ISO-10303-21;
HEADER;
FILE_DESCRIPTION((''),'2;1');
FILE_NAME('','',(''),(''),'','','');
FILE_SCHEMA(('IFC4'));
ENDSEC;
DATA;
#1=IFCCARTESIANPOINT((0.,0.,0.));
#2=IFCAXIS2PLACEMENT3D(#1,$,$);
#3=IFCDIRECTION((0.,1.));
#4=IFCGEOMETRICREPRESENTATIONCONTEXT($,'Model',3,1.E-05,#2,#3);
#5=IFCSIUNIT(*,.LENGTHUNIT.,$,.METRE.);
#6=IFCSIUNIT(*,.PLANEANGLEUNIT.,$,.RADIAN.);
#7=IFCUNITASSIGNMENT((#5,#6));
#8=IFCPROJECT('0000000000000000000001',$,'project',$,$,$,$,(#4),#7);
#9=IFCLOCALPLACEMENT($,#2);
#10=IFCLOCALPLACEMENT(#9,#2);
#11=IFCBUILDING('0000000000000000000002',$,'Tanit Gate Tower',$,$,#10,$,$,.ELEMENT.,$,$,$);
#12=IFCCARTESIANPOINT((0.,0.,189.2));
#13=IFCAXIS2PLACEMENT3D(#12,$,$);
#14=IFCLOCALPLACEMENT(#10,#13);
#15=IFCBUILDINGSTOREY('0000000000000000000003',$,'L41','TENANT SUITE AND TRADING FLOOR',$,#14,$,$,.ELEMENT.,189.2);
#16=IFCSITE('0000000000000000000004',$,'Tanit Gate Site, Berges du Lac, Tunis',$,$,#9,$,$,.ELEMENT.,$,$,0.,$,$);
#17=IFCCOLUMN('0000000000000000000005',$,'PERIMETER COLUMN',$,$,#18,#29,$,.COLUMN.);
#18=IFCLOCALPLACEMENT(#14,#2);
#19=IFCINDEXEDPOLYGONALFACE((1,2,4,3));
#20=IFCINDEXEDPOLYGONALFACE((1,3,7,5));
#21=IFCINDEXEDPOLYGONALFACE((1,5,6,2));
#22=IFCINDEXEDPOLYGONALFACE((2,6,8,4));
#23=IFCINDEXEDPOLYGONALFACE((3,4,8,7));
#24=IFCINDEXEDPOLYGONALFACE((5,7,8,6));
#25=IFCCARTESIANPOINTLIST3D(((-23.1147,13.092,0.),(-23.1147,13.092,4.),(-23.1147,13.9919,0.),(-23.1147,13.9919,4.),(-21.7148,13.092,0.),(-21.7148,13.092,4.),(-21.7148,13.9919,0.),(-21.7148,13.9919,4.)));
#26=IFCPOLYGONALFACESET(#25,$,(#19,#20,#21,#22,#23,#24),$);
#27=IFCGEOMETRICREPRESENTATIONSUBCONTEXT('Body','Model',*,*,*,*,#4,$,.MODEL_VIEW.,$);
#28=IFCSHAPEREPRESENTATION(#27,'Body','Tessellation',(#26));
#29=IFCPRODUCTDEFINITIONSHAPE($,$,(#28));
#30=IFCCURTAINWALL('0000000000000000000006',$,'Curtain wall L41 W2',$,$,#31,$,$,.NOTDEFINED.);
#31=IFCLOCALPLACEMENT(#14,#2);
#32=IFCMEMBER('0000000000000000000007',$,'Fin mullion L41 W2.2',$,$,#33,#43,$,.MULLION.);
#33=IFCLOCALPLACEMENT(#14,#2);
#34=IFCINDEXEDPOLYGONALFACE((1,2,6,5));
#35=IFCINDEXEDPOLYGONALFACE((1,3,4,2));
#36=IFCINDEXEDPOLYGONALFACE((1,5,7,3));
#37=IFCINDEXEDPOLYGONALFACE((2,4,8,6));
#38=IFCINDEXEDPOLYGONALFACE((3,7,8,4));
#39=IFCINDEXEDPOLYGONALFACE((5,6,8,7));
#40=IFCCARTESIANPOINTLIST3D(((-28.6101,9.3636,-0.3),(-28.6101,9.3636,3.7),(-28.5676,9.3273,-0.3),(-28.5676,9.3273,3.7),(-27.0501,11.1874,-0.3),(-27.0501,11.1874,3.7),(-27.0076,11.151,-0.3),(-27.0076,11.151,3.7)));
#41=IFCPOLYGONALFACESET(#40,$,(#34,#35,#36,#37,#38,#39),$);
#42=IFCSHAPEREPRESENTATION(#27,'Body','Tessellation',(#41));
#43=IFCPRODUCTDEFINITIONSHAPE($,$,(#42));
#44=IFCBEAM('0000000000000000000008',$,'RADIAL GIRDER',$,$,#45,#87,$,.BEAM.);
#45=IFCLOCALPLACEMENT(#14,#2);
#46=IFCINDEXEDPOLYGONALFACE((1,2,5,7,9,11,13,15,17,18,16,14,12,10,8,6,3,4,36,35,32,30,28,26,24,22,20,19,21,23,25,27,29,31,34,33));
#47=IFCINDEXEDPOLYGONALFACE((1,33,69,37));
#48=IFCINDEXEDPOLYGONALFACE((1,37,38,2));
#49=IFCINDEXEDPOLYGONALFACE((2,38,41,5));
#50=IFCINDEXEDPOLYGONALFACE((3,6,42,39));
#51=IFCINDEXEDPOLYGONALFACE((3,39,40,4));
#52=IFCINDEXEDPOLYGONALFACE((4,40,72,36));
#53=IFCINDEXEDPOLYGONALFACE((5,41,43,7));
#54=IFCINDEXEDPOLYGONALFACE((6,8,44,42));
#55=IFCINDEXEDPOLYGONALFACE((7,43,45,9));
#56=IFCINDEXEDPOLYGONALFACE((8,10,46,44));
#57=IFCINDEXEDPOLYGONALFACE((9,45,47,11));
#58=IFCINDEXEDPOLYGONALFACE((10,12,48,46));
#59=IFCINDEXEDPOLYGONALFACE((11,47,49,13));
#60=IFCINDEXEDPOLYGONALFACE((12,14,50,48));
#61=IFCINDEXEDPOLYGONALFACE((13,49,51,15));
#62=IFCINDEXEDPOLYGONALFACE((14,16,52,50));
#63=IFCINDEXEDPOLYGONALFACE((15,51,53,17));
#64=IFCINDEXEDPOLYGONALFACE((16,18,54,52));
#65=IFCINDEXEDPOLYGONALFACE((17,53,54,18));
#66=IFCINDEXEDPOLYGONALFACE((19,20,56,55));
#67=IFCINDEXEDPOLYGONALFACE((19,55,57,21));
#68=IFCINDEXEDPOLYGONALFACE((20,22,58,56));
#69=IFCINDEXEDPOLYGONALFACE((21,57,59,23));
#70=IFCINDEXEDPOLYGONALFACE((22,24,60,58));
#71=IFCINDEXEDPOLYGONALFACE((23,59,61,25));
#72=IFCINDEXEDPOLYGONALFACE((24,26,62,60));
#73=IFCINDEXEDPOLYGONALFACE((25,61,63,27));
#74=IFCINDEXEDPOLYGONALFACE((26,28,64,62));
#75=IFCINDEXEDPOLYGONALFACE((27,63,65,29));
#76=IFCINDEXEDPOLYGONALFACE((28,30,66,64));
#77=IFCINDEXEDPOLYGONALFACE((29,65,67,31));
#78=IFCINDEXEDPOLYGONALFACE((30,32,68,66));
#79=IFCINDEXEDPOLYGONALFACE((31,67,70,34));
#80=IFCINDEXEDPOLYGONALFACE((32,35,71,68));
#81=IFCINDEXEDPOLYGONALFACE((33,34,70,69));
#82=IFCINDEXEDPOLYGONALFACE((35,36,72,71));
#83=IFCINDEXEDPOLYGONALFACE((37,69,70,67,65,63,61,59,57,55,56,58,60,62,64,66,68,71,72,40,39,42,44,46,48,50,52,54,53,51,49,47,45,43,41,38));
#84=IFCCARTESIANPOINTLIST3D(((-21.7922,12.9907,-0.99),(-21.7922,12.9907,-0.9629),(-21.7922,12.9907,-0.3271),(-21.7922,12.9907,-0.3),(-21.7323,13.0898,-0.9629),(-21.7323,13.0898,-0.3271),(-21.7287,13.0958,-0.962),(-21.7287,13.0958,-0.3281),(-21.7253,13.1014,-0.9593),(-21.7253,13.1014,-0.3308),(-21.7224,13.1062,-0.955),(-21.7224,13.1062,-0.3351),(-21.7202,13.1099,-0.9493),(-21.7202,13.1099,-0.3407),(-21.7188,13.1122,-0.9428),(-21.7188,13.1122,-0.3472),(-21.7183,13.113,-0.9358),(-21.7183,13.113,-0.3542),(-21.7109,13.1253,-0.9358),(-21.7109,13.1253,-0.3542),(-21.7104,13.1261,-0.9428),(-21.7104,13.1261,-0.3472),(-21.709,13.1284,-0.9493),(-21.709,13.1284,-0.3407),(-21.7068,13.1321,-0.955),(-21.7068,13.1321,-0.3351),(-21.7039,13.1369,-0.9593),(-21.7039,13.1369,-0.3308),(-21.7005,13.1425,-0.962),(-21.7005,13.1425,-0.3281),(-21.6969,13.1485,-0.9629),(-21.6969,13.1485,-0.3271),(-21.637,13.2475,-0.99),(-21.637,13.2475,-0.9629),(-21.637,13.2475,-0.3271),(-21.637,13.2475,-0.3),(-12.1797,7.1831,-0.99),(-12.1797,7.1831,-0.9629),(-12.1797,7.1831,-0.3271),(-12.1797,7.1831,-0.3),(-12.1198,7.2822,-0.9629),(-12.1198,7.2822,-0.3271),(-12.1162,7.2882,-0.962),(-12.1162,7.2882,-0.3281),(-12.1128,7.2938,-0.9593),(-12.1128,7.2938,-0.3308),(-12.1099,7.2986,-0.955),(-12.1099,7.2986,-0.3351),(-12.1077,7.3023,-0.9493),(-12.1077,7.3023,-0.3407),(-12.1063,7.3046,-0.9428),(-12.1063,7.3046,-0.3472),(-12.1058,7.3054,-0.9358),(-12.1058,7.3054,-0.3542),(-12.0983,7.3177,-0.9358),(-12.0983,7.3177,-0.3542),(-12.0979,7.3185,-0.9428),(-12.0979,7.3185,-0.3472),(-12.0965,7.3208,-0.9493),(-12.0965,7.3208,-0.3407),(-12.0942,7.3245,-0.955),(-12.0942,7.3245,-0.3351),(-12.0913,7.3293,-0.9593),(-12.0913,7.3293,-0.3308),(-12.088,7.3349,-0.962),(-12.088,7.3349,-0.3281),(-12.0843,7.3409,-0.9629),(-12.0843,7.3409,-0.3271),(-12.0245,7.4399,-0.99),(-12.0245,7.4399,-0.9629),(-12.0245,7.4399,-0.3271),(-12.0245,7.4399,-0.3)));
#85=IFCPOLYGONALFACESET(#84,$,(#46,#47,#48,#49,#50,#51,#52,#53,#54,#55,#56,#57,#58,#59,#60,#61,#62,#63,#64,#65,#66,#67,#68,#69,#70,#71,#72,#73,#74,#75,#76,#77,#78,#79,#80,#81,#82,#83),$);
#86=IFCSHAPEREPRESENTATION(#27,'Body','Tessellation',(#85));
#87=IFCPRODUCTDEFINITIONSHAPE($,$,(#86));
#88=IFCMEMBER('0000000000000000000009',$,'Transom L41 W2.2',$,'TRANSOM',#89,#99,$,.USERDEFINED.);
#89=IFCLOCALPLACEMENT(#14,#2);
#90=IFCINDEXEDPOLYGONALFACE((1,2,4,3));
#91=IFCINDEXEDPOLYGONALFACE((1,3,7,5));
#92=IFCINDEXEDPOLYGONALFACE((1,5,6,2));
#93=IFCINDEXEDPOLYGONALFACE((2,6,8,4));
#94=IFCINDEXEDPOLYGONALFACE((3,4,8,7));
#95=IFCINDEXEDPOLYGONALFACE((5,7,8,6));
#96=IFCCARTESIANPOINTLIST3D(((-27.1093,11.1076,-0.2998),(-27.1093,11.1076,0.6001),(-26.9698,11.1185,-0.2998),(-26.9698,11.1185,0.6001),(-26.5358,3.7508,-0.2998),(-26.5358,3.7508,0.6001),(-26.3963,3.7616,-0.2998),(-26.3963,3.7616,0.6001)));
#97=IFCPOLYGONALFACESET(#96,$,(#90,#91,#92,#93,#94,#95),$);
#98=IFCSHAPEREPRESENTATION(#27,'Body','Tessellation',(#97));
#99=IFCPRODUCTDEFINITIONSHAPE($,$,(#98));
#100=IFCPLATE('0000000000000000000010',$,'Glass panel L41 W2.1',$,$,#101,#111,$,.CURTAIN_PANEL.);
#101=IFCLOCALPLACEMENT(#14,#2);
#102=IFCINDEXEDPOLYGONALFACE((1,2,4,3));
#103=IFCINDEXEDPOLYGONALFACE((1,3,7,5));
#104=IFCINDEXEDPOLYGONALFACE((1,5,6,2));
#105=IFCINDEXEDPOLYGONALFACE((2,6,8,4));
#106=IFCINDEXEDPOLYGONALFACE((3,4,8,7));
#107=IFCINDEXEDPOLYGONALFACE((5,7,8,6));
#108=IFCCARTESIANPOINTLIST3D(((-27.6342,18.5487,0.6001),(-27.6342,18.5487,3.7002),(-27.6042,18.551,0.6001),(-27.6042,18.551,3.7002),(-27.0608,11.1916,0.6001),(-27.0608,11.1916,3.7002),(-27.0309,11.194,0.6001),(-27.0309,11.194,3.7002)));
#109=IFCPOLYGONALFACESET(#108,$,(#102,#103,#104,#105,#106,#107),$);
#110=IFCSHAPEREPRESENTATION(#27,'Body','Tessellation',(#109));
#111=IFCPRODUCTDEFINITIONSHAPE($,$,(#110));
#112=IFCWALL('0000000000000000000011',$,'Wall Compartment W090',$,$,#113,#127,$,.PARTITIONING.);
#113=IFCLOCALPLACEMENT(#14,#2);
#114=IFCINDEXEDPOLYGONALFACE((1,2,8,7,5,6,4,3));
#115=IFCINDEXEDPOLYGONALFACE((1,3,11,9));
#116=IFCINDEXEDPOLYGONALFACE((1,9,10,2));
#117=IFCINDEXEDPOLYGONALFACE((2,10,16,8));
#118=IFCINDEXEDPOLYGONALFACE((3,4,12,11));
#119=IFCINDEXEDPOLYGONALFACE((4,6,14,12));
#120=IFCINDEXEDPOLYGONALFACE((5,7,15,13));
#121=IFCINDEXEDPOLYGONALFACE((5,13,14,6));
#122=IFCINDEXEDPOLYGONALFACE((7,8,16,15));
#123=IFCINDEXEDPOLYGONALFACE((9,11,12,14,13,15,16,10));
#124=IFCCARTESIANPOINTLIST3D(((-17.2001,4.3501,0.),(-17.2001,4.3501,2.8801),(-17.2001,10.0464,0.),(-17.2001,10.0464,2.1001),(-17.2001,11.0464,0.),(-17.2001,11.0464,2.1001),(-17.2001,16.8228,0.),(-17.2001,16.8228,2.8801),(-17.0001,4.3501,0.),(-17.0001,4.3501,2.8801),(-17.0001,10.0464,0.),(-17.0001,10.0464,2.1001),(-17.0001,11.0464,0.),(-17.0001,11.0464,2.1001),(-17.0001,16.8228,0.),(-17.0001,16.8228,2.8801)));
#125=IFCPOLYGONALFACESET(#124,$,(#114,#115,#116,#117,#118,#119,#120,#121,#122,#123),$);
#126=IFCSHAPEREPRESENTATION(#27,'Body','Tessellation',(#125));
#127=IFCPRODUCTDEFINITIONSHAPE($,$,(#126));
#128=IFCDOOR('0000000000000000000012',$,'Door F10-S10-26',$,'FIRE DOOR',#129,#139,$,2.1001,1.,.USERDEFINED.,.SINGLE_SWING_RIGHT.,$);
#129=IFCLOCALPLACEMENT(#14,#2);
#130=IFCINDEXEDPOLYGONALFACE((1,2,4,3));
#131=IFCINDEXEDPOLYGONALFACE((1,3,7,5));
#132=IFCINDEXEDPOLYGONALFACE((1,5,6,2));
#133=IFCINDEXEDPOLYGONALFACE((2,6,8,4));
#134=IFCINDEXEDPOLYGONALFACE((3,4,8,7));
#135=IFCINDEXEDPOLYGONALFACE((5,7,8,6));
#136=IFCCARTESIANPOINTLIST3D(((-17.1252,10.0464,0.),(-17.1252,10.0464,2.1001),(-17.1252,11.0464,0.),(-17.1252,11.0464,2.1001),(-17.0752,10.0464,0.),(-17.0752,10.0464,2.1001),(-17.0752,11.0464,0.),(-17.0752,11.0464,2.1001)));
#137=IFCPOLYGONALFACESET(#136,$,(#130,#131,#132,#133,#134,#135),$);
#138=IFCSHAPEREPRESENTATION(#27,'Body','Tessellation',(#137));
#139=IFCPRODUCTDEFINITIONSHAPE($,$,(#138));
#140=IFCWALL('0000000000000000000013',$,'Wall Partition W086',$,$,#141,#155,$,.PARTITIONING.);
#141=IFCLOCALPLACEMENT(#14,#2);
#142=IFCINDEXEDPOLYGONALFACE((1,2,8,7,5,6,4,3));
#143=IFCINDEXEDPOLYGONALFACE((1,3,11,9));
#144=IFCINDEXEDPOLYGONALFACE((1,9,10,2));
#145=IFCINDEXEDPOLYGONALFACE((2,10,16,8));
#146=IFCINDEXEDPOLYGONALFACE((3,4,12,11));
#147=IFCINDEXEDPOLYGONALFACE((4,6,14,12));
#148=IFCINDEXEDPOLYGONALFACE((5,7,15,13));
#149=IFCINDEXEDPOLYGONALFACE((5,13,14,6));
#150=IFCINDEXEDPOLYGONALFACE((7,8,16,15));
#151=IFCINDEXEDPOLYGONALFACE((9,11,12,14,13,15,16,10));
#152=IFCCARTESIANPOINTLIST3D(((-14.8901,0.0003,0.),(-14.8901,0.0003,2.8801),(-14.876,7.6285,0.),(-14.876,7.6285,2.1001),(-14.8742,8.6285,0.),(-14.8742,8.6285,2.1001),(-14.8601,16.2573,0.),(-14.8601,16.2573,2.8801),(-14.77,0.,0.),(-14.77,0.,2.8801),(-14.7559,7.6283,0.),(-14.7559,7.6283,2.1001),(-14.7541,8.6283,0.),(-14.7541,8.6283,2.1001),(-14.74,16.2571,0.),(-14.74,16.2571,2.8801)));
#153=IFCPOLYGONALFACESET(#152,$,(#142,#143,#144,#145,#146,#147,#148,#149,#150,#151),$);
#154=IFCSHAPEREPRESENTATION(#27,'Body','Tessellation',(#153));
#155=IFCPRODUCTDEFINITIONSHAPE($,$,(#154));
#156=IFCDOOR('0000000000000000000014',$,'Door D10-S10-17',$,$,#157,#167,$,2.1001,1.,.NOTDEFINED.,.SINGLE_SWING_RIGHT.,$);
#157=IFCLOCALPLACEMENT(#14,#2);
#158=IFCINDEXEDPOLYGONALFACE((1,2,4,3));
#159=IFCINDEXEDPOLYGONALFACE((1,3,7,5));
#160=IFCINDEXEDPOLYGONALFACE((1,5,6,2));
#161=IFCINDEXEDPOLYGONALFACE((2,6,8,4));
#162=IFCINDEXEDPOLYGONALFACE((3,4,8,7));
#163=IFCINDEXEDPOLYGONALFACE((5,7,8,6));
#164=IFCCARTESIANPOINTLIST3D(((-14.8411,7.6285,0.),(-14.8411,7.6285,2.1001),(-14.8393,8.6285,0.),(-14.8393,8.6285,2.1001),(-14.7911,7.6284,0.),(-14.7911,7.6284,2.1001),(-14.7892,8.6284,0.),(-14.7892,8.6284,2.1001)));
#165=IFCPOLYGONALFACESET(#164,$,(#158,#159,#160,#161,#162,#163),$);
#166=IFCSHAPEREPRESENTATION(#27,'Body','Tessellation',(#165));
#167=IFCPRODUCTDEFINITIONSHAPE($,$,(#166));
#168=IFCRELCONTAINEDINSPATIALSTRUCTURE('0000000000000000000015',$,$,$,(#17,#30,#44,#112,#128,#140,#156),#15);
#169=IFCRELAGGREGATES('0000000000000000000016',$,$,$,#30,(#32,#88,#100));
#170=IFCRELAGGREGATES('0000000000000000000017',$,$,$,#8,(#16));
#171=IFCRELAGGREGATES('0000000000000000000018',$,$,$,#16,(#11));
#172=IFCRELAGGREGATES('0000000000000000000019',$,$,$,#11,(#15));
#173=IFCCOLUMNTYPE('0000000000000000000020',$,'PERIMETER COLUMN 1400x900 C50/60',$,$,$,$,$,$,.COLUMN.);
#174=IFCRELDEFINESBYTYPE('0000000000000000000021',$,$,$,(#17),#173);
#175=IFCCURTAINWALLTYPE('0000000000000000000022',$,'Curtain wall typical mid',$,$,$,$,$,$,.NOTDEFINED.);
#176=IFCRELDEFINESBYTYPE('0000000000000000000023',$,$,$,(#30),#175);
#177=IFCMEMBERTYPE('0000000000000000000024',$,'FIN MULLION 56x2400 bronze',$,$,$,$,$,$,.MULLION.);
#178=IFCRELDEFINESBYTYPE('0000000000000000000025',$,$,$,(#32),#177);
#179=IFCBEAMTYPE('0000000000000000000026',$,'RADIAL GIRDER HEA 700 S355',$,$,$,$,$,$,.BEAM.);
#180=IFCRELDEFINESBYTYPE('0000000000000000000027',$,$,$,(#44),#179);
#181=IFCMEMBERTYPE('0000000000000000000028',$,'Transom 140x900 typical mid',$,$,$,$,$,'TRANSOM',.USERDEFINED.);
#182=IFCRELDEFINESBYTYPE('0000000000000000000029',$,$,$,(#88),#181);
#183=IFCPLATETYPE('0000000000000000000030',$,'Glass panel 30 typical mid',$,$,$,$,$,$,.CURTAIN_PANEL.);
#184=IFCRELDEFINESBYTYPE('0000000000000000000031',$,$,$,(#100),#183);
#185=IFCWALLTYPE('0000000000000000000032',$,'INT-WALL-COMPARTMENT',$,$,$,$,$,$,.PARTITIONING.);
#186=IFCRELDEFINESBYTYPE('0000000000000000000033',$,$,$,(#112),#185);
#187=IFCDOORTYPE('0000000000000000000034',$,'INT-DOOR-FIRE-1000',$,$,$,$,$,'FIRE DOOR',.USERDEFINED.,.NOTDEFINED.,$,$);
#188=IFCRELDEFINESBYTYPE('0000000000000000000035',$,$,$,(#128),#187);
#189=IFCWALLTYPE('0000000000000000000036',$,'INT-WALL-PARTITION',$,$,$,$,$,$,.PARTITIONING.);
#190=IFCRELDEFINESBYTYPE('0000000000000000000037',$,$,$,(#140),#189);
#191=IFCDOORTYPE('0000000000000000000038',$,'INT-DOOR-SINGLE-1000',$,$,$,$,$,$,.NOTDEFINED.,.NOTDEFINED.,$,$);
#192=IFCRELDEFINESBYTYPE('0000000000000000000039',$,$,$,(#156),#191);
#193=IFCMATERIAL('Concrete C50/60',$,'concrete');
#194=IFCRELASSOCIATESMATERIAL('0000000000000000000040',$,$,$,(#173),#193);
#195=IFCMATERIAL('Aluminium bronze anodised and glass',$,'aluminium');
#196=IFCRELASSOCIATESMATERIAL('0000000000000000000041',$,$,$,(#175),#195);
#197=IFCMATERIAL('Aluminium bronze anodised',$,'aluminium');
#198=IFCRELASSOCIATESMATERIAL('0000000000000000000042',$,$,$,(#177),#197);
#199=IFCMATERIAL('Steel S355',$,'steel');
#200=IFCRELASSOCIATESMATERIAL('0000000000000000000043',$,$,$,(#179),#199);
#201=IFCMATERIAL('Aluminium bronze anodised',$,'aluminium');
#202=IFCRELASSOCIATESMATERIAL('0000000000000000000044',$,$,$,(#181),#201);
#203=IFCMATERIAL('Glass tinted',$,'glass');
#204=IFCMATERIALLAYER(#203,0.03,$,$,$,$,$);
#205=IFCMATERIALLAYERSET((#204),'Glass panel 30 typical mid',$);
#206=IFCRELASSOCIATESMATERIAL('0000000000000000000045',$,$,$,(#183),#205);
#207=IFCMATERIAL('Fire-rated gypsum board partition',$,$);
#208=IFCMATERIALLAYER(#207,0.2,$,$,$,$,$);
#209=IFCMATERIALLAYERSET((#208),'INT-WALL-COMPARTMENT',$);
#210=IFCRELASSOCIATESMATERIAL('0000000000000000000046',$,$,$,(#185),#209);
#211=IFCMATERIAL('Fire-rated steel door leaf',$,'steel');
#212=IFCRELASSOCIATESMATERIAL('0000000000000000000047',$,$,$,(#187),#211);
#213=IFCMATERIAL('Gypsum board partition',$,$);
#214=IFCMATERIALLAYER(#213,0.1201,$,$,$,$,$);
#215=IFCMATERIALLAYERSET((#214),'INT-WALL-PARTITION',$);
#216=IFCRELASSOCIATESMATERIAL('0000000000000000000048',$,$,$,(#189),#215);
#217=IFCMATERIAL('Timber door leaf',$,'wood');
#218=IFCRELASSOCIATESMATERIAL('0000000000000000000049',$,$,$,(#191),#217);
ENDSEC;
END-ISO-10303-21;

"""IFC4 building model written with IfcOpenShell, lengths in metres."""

from ifc_helpers import new_model, si_unit, direction, frame, frame_2d, origin, origin_2d, place, context, subcontext, project, spatial, rectangle, i_section, extrude, material, layer, layer_set, material_profile, profile_set, type_object, element, fill, aggregate, save


model = new_model("IFC4")

# Units and contexts
model_context = context("Model", 3, precision=1e-05, world=origin(), true_north=direction((0.0, 1.0)))
body_context = subcontext(model_context, "Body", "Model", "MODEL_VIEW")
ifc_project = project(units=[si_unit("LENGTHUNIT", "METRE"), si_unit("PLANEANGLEUNIT", "RADIAN")], contexts=[model_context])

# Site, building, storey
site_placement = place(None, origin())
site = spatial("IfcSite", under=ifc_project, at=site_placement, Name="Tanit Gate Site, Berges du Lac, Tunis", CompositionType="ELEMENT", RefElevation=0.0)
building_placement = place(site_placement, origin())
building = spatial("IfcBuilding", under=site, at=building_placement, Name="Tanit Gate Tower", CompositionType="ELEMENT")
storey_placement = place(building_placement, frame((0.0, 0.0, 189.2)))
storey = spatial("IfcBuildingStorey", under=building, at=storey_placement, Name="L41", Description="TENANT SUITE AND TRADING FLOOR", CompositionType="ELEMENT", Elevation=189.2)

# Column
ifc_material_1 = material(Name="Concrete C50/60", Category="concrete")
ifc_material_profile_1 = material_profile(ifc_material_1, rectangle(XDim=1.3999, YDim=0.8999, at=origin_2d()), Name="RC 1400x900")
ifc_profile_set_1 = profile_set([ifc_material_profile_1], Name="Concrete C50/60")
column_type = type_object("IfcColumnType", Name="PERIMETER COLUMN 1400x900 C50/60", PredefinedType="COLUMN", material=ifc_profile_set_1)
column_placement = place(storey_placement, frame((-22.4148, 13.542, 0.0), z_axis=(0.0, 0.0, 1.0), x_axis=(-1.0, 0.0, 0.0)))
element("IfcColumn", 1, at=column_placement, inside=storey, type_object=column_type, Name="PERIMETER COLUMN", PredefinedType="COLUMN", context=body_context, shape_type="SweptSolid", body=[
    extrude(rectangle(XDim=1.3999, YDim=0.8999, at=origin_2d()), origin(), (0.0, 0.0, 1.0), 4.0),
])

# Curtain wall, member
ifc_material_2 = material(Name="Aluminium bronze anodised and glass", Category="aluminium")
curtain_wall_type = type_object("IfcCurtainWallType", Name="Curtain wall typical mid", PredefinedType="NOTDEFINED", material=ifc_material_2)
curtain_wall_placement = place(storey_placement, origin())
curtain_wall = element("IfcCurtainWall", 2, at=curtain_wall_placement, inside=storey, type_object=curtain_wall_type, Name="Curtain wall L41 W2", PredefinedType="NOTDEFINED")
ifc_material_3 = material(Name="Aluminium bronze anodised", Category="aluminium")
ifc_material_profile_2 = material_profile(ifc_material_3, rectangle(XDim=2.3999, YDim=0.0559, at=origin_2d()), Name="56x2400 bronze fin mullion")
ifc_profile_set_2 = profile_set([ifc_material_profile_2], Name="Aluminium bronze anodised")
member_type_1 = type_object("IfcMemberType", Name="FIN MULLION 56x2400 bronze", PredefinedType="MULLION", material=ifc_profile_set_2)
member_1_placement = place(storey_placement, frame((-27.8088, 10.2573, -0.3), z_axis=(0.0, 0.0, 1.0), x_axis=(0.650026, 0.759912, 0.0)))
member_1 = element("IfcMember", 3, at=member_1_placement, type_object=member_type_1, Name="Fin mullion L41 W2.2", PredefinedType="MULLION", context=body_context, shape_type="SweptSolid", body=[
    extrude(rectangle(XDim=2.3999, YDim=0.0559, at=origin_2d()), origin(), (0.0, 0.0, 1.0), 4.0),
])

# Beam
ifc_material_4 = material(Name="Steel S355", Category="steel")
ifc_material_profile_3 = material_profile(ifc_material_4, i_section(OverallWidth=0.3, OverallDepth=0.6899, WebThickness=0.0144, FlangeThickness=0.0271, FilletRadius=0.0271, at=origin_2d()), Name="HEA 700")
ifc_profile_set_3 = profile_set([ifc_material_profile_3], Name="Steel S355")
beam_type = type_object("IfcBeamType", Name="RADIAL GIRDER HEA 700 S355", PredefinedType="BEAM", material=ifc_profile_set_3)
beam_placement = place(storey_placement, frame((-21.7146, 13.1191, -0.645), z_axis=(0.855914, -0.517118, 0.0), x_axis=(0.517118, 0.855914, 0.0)))
element("IfcBeam", 4, at=beam_placement, inside=storey, type_object=beam_type, Name="RADIAL GIRDER", PredefinedType="BEAM", context=body_context, shape_type="SweptSolid", body=[
    extrude(i_section(OverallWidth=0.3, OverallDepth=0.6899, WebThickness=0.0144, FlangeThickness=0.0271, FilletRadius=0.0271, at=origin_2d()), origin(), (0.0, 0.0, 1.0), 11.2307),
])

# Member
ifc_material_5 = material(Name="Aluminium bronze anodised", Category="aluminium")
ifc_material_profile_4 = material_profile(ifc_material_5, rectangle(XDim=0.1399, YDim=0.8999, at=origin_2d()), Name="140x900 bronze transom")
ifc_profile_set_4 = profile_set([ifc_material_profile_4], Name="Aluminium bronze anodised")
member_type_2 = type_object("IfcMemberType", Name="Transom 140x900 typical mid", ElementType="TRANSOM", PredefinedType="USERDEFINED", material=ifc_profile_set_4)
member_2_placement = place(storey_placement, frame((-27.0396, 11.113, 0.1501), z_axis=(0.077716, -0.996976, 0.0), x_axis=(0.996976, 0.077716, 0.0)))
member_2 = element("IfcMember", 5, at=member_2_placement, type_object=member_type_2, Name="Transom L41 W2.2", ObjectType="TRANSOM", PredefinedType="USERDEFINED", context=body_context, shape_type="SweptSolid", body=[
    extrude(rectangle(XDim=0.1399, YDim=0.8999, at=origin_2d()), origin(), (0.0, 0.0, 1.0), 7.3792),
])

# Plate
ifc_material_6 = material(Name="Glass tinted", Category="glass")
ifc_layer_1 = layer(ifc_material_6, 0.03)
ifc_layer_set_1 = layer_set([ifc_layer_1], Name="Glass panel 30 typical mid")
plate_type = type_object("IfcPlateType", Name="Glass panel 30 typical mid", PredefinedType="CURTAIN_PANEL", material=ifc_layer_set_1)
plate_placement = place(storey_placement, frame((-27.3325, 14.8713, 0.6001), z_axis=(0.0, 0.0, 1.0), x_axis=(0.077701, -0.996977, 0.0)))
plate = element("IfcPlate", 6, at=plate_placement, type_object=plate_type, Name="Glass panel L41 W2.1", PredefinedType="CURTAIN_PANEL", context=body_context, shape_type="SweptSolid", body=[
    extrude(rectangle(XDim=7.3794, YDim=0.03, at=origin_2d()), origin(), (0.0, 0.0, 1.0), 3.1001),
])
aggregate(curtain_wall, [member_1, member_2, plate])

# Walls, openings, doors
ifc_material_7 = material(Name="Fire-rated gypsum board partition")
ifc_layer_2 = layer(ifc_material_7, 0.2)
ifc_layer_set_2 = layer_set([ifc_layer_2], Name="INT-WALL-COMPARTMENT")
wall_type_1 = type_object("IfcWallType", Name="INT-WALL-COMPARTMENT", PredefinedType="PARTITIONING", material=ifc_layer_set_2)
wall_1_placement = place(storey_placement, frame((-17.1001, 16.8228, 0.0), z_axis=(0.0, 0.0, 1.0), x_axis=(0.0, -1.0, 0.0)))
wall_1 = element("IfcWall", 7, at=wall_1_placement, inside=storey, type_object=wall_type_1, Name="Wall Compartment W090", PredefinedType="PARTITIONING", context=body_context, shape_type="SweptSolid", body=[
    extrude(rectangle(XDim=12.4727, YDim=0.2, at=frame_2d((6.2363, 0.0))), origin(), (0.0, 0.0, 1.0), 2.8801),
])
opening_1_placement = place(wall_1_placement, frame((5.7764, 0.0, 0.0)))
opening_1 = element("IfcOpeningElement", 8, at=opening_1_placement, cuts=wall_1, PredefinedType="OPENING", context=body_context, shape_type="SweptSolid", body=[
    extrude(rectangle(XDim=1.0, YDim=2.1001, at=frame_2d((0.5, 1.05))), frame((0.0, 0.1099, 0.0), z_axis=(0.0, -1.0, 0.0), x_axis=(1.0, 0.0, 0.0)), (0.0, 0.0, 1.0), 0.22),
])
ifc_material_8 = material(Name="Fire-rated steel door leaf", Category="steel")
door_type_1 = type_object("IfcDoorType", Name="INT-DOOR-FIRE-1000", ElementType="FIRE DOOR", OperationType="NOTDEFINED", PredefinedType="USERDEFINED", material=ifc_material_8)
door_1_placement = place(opening_1_placement, origin())
door_1 = element("IfcDoor", 9, at=door_1_placement, inside=storey, type_object=door_type_1, Name="Door F10-S10-26", ObjectType="FIRE DOOR", OperationType="SINGLE_SWING_RIGHT", OverallHeight=2.1001, OverallWidth=1.0, PredefinedType="USERDEFINED", context=body_context, shape_type="SweptSolid", body=[
    extrude(rectangle(XDim=1.0, YDim=2.1001, at=frame_2d((0.5, 1.05))), frame((0.0, 0.0249, 0.0), z_axis=(0.0, -1.0, 0.0), x_axis=(1.0, 0.0, 0.0)), (0.0, 0.0, 1.0), 0.05),
])
fill(opening_1, door_1)
ifc_material_9 = material(Name="Gypsum board partition")
ifc_layer_3 = layer(ifc_material_9, 0.1201)
ifc_layer_set_3 = layer_set([ifc_layer_3], Name="INT-WALL-PARTITION")
wall_type_2 = type_object("IfcWallType", Name="INT-WALL-PARTITION", PredefinedType="PARTITIONING", material=ifc_layer_set_3)
wall_2_placement = place(storey_placement, frame((-14.8, 16.2571, 0.0), z_axis=(0.0, 0.0, 1.0), x_axis=(-0.001847, -0.999998, 0.0)))
wall_2 = element("IfcWall", 10, at=wall_2_placement, inside=storey, type_object=wall_type_2, Name="Wall Partition W086", PredefinedType="PARTITIONING", context=body_context, shape_type="SweptSolid", body=[
    extrude(rectangle(XDim=16.2571, YDim=0.1201, at=frame_2d((8.1284, 0.0))), origin(), (0.0, 0.0, 1.0), 2.8801),
])
opening_2_placement = place(wall_2_placement, frame((7.6287, 0.0, 0.0)))
opening_2 = element("IfcOpeningElement", 11, at=opening_2_placement, cuts=wall_2, PredefinedType="OPENING", context=body_context, shape_type="SweptSolid", body=[
    extrude(rectangle(XDim=1.0, YDim=2.1001, at=frame_2d((0.5, 1.05))), frame((0.0, 0.0701, 0.0), z_axis=(0.0, -1.0, 0.0), x_axis=(1.0, 0.0, 0.0)), (0.0, 0.0, 1.0), 0.1401),
])
ifc_material_10 = material(Name="Timber door leaf", Category="wood")
door_type_2 = type_object("IfcDoorType", Name="INT-DOOR-SINGLE-1000", OperationType="NOTDEFINED", PredefinedType="NOTDEFINED", material=ifc_material_10)
door_2_placement = place(opening_2_placement, origin())
door_2 = element("IfcDoor", 12, at=door_2_placement, inside=storey, type_object=door_type_2, Name="Door D10-S10-17", OperationType="SINGLE_SWING_RIGHT", OverallHeight=2.1001, OverallWidth=1.0, PredefinedType="NOTDEFINED", context=body_context, shape_type="SweptSolid", body=[
    extrude(rectangle(XDim=1.0, YDim=2.1001, at=frame_2d((0.5, 1.05))), frame((0.0, 0.0249, 0.0), z_axis=(0.0, -1.0, 0.0), x_axis=(1.0, 0.0, 0.0)), (0.0, 0.0, 1.0), 0.05),
])
fill(opening_2, door_2)

save(model, "model.ifc")
